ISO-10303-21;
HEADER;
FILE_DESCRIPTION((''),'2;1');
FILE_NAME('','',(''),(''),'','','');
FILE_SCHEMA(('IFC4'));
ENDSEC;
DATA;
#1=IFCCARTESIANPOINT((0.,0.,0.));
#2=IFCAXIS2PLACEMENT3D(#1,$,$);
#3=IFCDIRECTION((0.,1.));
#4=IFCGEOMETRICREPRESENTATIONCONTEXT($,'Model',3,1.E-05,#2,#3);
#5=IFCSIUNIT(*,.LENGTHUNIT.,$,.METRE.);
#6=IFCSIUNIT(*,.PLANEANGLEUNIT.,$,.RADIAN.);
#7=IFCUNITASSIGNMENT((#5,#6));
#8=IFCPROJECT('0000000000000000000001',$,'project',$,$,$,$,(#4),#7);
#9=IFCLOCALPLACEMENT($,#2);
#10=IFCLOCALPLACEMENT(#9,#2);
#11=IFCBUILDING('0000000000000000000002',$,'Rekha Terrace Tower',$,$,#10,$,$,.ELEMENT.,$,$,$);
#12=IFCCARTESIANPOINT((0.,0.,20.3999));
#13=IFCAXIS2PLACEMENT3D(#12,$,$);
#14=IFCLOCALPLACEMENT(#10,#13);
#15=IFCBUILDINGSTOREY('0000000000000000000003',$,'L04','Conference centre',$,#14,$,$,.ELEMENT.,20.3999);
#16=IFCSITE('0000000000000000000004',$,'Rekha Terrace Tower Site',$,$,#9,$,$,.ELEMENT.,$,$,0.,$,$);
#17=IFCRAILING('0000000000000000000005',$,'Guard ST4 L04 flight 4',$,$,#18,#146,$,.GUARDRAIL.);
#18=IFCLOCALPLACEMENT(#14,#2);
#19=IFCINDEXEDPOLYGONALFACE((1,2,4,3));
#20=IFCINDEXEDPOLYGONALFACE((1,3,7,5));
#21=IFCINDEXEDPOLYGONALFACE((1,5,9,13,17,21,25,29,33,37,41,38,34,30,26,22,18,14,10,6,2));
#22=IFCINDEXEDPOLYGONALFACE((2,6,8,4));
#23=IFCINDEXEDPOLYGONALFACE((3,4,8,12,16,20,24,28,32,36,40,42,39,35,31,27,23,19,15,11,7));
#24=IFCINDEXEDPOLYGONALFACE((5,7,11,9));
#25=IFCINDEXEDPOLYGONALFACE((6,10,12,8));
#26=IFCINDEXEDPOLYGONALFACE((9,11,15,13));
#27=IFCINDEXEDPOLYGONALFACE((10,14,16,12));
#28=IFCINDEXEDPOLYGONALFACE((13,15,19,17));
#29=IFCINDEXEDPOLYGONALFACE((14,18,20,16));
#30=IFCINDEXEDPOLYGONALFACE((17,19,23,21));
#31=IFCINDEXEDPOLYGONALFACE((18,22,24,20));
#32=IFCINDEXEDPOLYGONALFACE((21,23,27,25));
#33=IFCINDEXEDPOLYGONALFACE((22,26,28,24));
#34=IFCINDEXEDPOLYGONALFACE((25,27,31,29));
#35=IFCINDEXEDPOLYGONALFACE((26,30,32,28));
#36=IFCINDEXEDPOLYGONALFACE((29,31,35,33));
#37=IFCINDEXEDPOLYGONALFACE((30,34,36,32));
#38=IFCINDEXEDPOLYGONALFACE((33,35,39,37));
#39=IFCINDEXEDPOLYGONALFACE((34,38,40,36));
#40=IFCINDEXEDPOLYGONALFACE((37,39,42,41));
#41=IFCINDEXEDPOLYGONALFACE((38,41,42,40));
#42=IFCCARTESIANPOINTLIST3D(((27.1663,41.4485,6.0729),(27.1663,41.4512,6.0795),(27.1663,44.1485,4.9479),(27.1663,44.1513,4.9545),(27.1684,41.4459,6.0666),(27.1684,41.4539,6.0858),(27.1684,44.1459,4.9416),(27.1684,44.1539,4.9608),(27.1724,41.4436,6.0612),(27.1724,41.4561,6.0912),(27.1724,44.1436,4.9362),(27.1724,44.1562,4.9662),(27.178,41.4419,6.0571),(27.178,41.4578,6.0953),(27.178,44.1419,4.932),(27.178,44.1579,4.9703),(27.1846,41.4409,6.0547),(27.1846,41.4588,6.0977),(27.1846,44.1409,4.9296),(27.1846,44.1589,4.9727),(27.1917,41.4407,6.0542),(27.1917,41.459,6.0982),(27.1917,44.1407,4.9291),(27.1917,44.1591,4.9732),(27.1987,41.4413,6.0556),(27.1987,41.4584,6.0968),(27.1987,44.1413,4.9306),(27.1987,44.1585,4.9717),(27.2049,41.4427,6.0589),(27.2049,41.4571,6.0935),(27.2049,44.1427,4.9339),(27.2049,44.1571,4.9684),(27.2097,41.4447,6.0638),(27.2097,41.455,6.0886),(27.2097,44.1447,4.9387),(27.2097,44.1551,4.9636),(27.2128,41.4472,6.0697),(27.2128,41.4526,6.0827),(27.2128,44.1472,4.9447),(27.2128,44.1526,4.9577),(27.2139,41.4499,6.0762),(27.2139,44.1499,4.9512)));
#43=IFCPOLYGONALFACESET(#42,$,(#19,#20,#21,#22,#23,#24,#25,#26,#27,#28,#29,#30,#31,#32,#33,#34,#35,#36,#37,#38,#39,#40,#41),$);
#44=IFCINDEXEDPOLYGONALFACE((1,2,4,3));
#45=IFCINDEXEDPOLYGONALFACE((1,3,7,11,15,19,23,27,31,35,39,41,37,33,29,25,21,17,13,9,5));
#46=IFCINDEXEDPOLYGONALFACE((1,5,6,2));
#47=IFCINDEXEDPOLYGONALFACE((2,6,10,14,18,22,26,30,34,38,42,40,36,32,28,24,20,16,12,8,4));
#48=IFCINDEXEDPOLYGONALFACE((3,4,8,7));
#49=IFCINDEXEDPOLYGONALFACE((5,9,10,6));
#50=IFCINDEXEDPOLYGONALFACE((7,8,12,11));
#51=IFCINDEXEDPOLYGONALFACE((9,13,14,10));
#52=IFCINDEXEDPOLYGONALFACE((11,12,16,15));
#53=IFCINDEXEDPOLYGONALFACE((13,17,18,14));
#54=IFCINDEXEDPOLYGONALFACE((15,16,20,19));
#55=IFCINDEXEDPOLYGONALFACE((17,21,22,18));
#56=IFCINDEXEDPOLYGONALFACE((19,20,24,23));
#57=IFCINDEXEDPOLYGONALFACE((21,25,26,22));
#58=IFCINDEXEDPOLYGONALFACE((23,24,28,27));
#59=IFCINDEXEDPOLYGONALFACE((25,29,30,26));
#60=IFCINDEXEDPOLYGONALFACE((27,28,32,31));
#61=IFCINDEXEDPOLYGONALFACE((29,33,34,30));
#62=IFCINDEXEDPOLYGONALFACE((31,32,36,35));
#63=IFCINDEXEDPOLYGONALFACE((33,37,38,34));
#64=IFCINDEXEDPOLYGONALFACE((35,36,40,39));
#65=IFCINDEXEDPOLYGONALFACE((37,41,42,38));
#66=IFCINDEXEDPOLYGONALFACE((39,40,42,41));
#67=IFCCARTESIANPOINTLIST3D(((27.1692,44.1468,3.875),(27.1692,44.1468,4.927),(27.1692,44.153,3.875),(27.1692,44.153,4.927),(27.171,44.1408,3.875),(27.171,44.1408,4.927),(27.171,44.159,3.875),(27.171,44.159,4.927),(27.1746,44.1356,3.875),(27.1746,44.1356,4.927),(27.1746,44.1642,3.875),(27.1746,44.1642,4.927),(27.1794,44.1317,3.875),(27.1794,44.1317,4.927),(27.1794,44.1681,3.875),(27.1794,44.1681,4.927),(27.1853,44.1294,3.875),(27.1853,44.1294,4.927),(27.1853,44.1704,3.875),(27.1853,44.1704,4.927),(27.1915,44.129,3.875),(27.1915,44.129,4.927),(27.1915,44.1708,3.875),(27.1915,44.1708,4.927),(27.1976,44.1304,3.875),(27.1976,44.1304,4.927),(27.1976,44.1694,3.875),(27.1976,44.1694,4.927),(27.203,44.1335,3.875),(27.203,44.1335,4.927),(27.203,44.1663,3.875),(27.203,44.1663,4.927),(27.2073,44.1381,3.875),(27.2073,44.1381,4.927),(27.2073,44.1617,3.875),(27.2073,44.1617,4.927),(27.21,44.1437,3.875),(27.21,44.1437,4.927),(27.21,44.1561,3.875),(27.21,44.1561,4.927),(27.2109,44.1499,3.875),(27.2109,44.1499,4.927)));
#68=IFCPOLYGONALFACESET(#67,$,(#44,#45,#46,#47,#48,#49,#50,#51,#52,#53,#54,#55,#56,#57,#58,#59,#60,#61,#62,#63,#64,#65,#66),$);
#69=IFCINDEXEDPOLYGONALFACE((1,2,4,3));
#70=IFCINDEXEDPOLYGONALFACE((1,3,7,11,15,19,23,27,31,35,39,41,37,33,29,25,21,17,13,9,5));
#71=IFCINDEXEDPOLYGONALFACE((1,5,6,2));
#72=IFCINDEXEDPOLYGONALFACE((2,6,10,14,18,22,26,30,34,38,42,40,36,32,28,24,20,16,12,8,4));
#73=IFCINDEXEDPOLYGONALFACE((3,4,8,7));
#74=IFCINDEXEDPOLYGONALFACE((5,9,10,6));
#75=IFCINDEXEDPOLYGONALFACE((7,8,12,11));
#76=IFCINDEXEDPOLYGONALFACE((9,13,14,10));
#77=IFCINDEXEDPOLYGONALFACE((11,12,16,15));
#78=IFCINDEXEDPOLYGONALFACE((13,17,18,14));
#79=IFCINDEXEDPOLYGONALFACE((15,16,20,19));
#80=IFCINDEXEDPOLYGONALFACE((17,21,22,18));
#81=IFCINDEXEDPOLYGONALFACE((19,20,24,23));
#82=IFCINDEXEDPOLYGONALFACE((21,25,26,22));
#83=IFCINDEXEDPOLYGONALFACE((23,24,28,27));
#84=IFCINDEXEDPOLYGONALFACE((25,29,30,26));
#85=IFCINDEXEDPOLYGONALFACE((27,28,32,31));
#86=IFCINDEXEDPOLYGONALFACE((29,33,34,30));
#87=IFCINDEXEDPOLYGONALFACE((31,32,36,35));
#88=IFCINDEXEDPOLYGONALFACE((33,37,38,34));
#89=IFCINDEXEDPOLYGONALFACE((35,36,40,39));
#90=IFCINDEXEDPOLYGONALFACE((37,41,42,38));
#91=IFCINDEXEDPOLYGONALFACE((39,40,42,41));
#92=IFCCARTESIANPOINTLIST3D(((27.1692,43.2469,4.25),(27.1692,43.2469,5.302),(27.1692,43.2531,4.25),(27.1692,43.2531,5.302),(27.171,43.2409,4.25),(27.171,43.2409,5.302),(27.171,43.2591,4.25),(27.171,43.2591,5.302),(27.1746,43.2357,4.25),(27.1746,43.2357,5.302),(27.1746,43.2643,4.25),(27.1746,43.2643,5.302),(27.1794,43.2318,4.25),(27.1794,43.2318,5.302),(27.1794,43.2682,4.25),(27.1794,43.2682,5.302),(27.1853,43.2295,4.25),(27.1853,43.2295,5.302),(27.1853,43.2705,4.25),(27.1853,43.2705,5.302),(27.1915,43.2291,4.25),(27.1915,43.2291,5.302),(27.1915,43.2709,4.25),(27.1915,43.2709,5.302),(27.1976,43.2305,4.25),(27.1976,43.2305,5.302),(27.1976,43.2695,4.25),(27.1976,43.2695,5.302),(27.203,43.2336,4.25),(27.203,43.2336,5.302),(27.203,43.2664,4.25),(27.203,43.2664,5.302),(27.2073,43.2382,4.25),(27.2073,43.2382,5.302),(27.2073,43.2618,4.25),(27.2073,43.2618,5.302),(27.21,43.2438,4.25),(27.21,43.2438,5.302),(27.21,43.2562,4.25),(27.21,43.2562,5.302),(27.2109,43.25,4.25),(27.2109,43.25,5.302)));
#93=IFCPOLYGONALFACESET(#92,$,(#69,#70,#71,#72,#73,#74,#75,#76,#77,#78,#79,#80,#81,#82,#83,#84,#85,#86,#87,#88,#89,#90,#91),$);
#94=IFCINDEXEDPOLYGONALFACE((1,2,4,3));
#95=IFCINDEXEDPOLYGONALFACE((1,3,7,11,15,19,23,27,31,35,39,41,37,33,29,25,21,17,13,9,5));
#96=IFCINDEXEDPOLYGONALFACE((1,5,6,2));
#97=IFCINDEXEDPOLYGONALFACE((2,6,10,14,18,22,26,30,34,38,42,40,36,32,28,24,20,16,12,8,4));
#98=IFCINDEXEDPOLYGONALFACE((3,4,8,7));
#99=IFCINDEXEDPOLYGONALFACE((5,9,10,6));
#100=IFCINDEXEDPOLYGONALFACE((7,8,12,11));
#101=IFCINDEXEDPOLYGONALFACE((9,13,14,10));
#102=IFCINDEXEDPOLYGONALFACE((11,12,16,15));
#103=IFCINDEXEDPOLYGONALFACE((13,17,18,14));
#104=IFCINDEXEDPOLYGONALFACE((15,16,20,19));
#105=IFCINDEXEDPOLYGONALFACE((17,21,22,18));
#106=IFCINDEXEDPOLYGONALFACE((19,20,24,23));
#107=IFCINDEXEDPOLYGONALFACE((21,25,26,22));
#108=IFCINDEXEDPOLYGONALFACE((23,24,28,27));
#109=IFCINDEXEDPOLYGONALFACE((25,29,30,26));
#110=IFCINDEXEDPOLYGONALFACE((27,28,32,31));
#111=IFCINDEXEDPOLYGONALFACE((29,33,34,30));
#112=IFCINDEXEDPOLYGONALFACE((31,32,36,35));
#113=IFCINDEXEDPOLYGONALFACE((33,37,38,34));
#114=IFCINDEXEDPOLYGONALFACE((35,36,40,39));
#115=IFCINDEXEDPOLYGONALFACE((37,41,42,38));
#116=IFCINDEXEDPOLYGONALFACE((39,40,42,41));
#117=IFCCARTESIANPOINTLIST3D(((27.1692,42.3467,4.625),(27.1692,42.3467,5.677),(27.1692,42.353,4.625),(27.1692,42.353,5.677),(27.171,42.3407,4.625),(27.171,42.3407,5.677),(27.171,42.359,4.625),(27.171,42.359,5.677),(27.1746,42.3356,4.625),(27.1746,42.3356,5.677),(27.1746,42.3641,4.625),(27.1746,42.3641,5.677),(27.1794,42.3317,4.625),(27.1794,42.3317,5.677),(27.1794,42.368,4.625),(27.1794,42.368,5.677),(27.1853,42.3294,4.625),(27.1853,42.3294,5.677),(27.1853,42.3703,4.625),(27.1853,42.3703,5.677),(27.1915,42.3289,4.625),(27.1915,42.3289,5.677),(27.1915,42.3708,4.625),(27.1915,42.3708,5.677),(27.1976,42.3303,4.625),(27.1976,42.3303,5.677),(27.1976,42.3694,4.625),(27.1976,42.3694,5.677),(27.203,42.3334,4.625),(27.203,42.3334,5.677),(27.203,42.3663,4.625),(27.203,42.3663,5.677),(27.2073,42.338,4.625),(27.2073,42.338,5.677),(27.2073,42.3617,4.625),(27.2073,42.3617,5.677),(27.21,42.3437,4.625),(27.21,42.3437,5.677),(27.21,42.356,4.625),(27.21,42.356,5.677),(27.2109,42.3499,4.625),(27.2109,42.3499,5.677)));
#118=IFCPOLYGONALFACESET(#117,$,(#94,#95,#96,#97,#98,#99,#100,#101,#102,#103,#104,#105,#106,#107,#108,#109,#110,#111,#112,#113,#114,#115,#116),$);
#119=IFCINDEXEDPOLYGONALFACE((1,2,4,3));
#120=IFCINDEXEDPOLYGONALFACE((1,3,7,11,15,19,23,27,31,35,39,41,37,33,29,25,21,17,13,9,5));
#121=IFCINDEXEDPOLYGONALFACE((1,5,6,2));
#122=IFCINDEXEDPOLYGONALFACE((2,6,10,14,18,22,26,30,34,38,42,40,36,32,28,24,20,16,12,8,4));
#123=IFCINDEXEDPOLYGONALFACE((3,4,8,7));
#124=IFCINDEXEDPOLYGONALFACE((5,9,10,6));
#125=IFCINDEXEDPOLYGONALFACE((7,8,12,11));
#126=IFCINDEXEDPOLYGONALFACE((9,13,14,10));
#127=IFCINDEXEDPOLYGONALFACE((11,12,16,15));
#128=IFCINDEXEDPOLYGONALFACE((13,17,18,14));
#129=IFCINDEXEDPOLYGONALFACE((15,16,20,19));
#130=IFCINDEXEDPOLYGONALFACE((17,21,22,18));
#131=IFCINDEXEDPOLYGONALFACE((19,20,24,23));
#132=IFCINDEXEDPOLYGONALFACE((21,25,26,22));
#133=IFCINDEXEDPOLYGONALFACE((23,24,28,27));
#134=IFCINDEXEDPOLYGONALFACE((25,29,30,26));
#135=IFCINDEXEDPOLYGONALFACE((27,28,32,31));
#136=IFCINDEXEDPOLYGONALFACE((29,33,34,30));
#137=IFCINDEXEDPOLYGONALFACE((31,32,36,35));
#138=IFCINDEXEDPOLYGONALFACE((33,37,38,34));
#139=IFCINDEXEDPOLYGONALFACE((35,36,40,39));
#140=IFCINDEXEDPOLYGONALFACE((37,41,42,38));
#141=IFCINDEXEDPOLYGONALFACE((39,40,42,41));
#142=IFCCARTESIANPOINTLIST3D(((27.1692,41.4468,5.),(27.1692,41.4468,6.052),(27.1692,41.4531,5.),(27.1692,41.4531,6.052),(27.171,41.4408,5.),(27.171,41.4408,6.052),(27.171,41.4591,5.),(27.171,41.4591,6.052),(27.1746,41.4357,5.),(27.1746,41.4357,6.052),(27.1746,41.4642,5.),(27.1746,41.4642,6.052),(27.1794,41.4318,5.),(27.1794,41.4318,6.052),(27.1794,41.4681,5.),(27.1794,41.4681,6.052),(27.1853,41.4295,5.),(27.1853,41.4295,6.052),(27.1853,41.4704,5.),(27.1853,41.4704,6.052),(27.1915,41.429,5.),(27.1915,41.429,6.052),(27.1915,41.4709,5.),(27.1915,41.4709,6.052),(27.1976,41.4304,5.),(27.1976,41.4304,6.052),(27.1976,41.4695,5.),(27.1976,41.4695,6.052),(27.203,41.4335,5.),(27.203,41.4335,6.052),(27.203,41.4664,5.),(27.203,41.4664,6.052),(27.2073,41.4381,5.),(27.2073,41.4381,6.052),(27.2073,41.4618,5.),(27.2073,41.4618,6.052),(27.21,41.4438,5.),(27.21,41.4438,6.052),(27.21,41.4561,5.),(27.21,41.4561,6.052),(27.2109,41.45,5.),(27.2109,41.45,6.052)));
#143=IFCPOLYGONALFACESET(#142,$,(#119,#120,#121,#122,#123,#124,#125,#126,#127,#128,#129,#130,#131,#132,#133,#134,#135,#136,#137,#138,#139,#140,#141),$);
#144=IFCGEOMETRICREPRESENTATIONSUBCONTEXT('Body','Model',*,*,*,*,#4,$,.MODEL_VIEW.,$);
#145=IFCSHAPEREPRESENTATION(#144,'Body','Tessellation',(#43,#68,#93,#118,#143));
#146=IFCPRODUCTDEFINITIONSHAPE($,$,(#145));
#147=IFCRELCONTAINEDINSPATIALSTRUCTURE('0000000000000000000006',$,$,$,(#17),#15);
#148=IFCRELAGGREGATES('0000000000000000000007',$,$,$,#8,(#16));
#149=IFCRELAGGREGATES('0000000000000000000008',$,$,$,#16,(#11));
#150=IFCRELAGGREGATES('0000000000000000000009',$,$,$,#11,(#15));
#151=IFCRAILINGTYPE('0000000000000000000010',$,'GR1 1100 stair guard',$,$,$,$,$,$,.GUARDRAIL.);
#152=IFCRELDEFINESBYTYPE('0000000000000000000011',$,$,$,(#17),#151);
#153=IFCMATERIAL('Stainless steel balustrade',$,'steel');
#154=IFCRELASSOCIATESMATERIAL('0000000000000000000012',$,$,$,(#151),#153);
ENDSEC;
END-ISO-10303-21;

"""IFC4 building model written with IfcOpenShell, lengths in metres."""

from ifc_helpers import new_model, si_unit, direction, frame, origin, origin_2d, place, context, subcontext, project, spatial, circle, extrude, material, type_object, element, save


model = new_model("IFC4")

# Units and contexts
model_context = context("Model", 3, precision=1e-05, world=origin(), true_north=direction((0.0, 1.0)))
body_context = subcontext(model_context, "Body", "Model", "MODEL_VIEW")
ifc_project = project(units=[si_unit("LENGTHUNIT", "METRE"), si_unit("PLANEANGLEUNIT", "RADIAN")], contexts=[model_context])

# Site, building, storey
site_placement = place(None, origin())
site = spatial("IfcSite", under=ifc_project, at=site_placement, Name="Rekha Terrace Tower Site", CompositionType="ELEMENT", RefElevation=0.0)
building_placement = place(site_placement, origin())
building = spatial("IfcBuilding", under=site, at=building_placement, Name="Rekha Terrace Tower", CompositionType="ELEMENT")
storey_placement = place(building_placement, frame((0.0, 0.0, 20.3999)))
storey = spatial("IfcBuildingStorey", under=building, at=storey_placement, Name="L04", Description="Conference centre", CompositionType="ELEMENT", Elevation=20.3999)

# Railing
ifc_material_1 = material(Name="Stainless steel balustrade", Category="steel")
railing_type_1 = type_object("IfcRailingType", Name="GR1 1100 stair guard", PredefinedType="GUARDRAIL", material=ifc_material_1)
railing_1_placement = place(storey_placement, frame((27.1899, 44.1499, 3.875)))
element("IfcRailing", 1, at=railing_1_placement, inside=storey, type_object=railing_type_1, Name="Guard ST4 L04 flight 4", PredefinedType="GUARDRAIL", context=body_context, shape_type="SweptSolid", body=[
    extrude(circle(Radius=0.0239, at=origin_2d()), frame((0.0, 0.0, 1.0762), z_axis=(0.0, -0.923074, 0.384621), x_axis=(1.0, 0.0, 0.0)), (0.0, 0.0, 1.0), 2.925),
    extrude(circle(Radius=0.021, at=origin_2d()), origin(), (0.0, 0.0, 1.0), 1.052),
    extrude(circle(Radius=0.021, at=origin_2d()), frame((0.0, -0.8999, 0.375)), (0.0, 0.0, 1.0), 1.052),
    extrude(circle(Radius=0.021, at=origin_2d()), frame((0.0, -1.8, 0.75)), (0.0, 0.0, 1.0), 1.052),
    extrude(circle(Radius=0.021, at=origin_2d()), frame((0.0, -2.7, 1.125)), (0.0, 0.0, 1.0), 1.052),
])

save(model, "model.ifc")
